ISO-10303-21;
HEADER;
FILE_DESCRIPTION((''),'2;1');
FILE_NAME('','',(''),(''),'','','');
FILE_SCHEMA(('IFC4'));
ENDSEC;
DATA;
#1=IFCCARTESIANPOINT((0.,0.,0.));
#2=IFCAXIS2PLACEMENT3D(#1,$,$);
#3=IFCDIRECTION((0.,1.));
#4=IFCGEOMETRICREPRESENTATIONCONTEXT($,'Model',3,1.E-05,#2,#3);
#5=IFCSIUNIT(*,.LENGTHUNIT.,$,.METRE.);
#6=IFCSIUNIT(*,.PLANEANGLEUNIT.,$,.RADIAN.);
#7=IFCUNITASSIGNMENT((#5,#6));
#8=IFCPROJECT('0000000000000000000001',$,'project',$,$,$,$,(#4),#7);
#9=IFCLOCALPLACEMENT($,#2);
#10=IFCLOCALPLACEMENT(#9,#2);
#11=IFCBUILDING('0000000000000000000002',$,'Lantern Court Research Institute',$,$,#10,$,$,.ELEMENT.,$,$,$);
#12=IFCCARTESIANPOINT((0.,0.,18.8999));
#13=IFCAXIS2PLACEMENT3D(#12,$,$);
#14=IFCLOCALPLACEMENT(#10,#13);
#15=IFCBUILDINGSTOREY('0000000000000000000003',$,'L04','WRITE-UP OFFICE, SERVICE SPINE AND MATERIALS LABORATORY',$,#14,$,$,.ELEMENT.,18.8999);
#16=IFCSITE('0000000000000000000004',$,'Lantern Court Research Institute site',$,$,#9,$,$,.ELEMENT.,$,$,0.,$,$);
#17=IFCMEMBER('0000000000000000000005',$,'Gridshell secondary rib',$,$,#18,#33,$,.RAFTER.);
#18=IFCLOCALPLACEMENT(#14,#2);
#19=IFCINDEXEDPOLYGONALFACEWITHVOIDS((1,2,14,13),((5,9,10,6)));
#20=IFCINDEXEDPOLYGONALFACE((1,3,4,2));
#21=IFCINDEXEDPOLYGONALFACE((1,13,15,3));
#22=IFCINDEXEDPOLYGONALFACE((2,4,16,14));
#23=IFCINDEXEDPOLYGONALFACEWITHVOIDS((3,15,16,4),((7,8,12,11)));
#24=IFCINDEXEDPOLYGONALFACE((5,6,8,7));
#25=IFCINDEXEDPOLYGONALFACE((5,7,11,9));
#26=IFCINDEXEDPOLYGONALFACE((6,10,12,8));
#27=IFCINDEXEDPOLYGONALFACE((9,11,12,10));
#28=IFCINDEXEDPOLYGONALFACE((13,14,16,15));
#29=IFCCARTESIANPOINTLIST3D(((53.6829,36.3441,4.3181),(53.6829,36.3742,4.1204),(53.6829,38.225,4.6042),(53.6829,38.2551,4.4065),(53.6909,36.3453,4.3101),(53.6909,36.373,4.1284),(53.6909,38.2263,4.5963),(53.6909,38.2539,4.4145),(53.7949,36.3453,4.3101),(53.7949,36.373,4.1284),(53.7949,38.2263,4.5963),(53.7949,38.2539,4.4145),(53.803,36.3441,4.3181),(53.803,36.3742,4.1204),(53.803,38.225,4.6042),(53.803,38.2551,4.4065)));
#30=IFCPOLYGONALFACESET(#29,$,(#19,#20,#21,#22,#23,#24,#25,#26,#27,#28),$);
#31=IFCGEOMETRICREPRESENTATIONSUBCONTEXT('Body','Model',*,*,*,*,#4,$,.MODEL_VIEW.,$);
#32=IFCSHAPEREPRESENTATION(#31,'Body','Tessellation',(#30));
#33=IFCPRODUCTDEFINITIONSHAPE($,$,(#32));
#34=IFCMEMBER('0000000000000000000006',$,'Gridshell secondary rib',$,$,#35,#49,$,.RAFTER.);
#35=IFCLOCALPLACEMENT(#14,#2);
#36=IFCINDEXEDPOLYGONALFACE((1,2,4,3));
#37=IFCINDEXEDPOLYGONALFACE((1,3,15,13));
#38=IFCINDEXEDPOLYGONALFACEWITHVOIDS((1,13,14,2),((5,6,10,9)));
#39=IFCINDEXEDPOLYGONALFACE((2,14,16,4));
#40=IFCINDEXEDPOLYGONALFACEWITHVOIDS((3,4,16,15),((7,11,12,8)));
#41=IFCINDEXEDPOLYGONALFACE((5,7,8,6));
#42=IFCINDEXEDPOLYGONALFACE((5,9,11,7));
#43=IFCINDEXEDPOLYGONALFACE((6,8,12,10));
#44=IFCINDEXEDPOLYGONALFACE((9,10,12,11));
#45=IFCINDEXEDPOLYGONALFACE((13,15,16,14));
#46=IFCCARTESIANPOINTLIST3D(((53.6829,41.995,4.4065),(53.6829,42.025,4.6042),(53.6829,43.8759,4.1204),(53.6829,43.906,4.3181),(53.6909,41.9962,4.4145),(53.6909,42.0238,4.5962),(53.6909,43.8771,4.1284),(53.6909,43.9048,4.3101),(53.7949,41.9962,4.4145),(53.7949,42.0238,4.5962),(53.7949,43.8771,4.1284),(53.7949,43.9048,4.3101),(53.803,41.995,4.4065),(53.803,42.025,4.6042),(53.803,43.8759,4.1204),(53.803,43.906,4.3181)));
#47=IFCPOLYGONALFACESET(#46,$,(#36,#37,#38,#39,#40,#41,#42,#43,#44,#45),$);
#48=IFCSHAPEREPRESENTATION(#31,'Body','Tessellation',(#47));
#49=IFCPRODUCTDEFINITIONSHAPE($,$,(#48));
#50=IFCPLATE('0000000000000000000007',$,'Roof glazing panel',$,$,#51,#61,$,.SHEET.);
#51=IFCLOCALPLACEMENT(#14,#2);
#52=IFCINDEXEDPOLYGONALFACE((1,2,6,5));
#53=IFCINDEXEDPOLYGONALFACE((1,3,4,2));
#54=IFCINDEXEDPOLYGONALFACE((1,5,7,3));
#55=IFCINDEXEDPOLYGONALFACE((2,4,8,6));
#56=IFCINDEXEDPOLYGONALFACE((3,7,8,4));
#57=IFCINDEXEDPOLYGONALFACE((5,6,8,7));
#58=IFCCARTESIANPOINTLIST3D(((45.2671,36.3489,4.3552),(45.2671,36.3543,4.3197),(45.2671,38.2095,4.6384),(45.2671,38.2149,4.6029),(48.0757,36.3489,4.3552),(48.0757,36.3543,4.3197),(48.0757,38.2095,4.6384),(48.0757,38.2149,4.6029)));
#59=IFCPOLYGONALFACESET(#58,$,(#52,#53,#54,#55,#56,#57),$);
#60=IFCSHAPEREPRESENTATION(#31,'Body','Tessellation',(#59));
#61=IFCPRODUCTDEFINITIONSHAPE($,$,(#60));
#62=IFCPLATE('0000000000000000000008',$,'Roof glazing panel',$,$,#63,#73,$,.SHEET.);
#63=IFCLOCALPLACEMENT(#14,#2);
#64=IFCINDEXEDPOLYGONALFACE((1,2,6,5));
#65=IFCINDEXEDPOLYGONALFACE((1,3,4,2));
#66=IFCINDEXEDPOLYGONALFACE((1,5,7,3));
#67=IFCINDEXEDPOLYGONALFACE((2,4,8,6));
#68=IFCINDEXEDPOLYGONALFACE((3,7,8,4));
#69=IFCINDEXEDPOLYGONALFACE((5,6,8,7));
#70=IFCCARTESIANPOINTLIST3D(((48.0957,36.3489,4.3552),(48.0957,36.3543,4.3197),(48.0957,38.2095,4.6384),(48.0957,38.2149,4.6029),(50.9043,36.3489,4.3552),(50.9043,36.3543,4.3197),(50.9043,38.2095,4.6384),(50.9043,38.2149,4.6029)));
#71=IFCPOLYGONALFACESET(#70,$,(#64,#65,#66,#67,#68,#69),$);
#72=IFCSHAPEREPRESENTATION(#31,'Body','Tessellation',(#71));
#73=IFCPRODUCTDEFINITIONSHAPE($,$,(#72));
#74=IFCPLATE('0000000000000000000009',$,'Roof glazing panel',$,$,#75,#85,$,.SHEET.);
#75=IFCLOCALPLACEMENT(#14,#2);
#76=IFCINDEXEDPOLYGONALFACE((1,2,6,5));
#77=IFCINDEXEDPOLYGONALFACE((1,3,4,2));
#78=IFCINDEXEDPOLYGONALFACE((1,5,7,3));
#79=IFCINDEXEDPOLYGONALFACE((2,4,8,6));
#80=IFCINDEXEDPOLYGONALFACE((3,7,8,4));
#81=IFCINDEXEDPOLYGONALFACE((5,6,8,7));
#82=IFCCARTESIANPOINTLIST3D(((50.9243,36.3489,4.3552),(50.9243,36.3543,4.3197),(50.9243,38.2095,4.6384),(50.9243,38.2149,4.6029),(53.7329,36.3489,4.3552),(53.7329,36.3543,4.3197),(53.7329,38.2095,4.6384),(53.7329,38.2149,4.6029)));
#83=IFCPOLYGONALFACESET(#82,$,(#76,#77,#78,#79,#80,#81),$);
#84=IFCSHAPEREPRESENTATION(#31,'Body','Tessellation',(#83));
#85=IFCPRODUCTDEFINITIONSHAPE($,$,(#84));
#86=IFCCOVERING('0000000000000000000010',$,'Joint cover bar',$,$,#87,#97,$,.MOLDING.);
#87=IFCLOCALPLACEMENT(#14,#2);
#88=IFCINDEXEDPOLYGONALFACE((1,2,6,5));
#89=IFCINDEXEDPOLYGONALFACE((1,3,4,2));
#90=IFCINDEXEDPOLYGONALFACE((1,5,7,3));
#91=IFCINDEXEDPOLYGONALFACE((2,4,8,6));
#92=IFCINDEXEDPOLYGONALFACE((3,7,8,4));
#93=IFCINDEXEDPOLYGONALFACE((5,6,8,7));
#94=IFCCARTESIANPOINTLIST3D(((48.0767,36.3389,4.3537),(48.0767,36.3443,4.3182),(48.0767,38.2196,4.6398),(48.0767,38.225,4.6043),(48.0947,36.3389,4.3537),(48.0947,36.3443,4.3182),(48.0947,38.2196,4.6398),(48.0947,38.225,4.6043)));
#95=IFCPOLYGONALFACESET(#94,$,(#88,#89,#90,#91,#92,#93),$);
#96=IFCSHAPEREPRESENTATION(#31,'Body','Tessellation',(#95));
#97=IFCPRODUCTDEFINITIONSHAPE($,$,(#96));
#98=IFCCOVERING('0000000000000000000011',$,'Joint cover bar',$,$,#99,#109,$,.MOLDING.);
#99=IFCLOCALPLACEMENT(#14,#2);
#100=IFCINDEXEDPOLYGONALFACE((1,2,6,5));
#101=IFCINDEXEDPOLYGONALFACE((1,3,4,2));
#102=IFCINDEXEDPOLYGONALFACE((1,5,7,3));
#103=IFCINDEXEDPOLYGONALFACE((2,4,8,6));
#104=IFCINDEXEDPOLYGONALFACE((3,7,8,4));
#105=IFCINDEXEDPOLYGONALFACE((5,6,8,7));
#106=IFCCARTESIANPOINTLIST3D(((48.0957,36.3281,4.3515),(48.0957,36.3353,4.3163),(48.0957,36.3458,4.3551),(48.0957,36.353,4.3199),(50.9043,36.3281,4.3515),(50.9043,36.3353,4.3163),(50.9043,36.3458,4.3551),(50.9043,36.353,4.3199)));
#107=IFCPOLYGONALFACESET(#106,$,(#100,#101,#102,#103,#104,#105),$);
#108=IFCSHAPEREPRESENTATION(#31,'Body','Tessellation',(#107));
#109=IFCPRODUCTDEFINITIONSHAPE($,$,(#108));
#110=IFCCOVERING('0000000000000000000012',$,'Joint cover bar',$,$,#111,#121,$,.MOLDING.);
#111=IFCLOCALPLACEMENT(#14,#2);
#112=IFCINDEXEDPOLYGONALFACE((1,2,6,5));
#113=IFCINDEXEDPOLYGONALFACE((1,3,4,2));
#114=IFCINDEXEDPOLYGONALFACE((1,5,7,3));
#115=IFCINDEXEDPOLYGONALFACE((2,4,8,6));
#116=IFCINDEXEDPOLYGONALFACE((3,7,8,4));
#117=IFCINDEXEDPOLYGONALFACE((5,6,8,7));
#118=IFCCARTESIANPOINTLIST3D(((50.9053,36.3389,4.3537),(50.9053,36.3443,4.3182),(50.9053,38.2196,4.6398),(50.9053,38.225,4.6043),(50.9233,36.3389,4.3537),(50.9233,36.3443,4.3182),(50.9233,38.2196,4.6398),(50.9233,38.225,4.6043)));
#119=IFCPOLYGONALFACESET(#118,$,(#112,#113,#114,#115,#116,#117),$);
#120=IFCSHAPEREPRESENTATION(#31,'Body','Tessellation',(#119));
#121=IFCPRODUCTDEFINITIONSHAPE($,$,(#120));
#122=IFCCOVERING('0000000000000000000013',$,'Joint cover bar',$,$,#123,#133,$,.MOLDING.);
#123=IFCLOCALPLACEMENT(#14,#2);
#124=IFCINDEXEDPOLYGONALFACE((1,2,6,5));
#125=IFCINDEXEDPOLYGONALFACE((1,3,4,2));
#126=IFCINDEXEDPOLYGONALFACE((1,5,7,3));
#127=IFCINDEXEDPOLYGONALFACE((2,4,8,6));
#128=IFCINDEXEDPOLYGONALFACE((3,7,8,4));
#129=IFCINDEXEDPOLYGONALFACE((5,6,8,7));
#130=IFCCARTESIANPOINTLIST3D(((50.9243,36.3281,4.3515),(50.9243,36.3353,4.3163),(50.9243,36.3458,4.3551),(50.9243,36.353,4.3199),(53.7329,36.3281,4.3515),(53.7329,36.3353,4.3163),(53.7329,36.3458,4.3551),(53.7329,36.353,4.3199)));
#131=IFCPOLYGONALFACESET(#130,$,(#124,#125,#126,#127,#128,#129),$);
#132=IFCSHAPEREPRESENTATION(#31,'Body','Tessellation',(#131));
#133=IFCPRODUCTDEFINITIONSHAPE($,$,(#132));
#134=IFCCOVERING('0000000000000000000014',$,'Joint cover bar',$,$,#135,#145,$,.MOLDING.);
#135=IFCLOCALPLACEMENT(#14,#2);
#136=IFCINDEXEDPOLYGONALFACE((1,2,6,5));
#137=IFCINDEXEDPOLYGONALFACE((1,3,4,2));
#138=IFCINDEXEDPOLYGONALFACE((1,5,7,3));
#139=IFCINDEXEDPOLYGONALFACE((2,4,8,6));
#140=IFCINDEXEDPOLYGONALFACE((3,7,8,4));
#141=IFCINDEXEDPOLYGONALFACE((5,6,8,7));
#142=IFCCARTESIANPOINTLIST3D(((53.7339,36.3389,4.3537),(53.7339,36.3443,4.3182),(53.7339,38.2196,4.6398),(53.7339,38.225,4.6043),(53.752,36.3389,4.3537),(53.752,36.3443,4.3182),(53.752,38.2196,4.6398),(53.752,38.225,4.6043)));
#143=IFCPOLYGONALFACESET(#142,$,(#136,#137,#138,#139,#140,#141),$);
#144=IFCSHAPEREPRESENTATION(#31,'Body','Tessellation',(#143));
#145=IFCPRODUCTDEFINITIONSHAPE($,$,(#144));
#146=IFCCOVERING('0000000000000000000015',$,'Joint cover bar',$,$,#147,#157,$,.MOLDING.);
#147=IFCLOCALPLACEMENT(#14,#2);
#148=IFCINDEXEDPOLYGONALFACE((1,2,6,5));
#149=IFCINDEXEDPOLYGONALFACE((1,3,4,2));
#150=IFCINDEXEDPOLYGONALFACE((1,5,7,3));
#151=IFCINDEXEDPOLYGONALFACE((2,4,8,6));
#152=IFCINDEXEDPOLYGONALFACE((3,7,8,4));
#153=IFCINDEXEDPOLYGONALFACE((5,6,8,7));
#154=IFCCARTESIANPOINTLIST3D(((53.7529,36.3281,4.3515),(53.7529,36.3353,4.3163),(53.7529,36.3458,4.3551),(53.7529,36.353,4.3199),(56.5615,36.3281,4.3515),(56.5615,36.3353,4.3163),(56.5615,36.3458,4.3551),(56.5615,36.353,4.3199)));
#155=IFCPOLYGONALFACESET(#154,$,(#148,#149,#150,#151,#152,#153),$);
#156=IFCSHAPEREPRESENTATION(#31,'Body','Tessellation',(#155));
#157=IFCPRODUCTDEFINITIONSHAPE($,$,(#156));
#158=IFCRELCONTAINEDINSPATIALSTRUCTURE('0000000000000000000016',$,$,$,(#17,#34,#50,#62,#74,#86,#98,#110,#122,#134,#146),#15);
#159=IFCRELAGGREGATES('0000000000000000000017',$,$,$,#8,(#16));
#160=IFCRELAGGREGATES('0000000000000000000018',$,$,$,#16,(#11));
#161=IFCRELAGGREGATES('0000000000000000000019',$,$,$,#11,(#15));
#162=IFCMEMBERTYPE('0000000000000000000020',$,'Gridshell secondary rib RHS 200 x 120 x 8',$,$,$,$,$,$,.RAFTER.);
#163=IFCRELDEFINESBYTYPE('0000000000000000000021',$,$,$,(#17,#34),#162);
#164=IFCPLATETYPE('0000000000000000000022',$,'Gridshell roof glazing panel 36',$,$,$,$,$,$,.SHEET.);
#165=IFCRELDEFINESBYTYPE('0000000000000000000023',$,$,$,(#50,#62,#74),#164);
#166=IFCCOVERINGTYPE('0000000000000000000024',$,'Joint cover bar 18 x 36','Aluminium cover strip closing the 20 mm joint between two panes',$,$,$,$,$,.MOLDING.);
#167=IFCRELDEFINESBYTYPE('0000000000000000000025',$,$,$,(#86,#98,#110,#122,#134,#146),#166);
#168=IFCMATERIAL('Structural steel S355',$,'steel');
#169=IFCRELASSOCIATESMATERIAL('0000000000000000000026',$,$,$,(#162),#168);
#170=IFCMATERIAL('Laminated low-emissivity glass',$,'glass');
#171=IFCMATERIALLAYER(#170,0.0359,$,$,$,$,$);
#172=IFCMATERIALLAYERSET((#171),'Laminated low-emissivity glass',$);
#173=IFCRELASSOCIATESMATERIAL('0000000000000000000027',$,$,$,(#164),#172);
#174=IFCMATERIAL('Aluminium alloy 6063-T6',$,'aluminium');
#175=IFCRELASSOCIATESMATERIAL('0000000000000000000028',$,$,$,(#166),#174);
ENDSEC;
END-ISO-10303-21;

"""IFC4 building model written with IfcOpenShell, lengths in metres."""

from ifc_helpers import new_model, si_unit, direction, frame, origin, origin_2d, place, context, subcontext, project, spatial, polyline, rectangle, hollow_rectangle, outline, extrude, material, layer, layer_set, material_profile, profile_set, type_object, element, save


model = new_model("IFC4")

# Units and contexts
model_context = context("Model", 3, precision=1e-05, world=origin(), true_north=direction((0.0, 1.0)))
body_context = subcontext(model_context, "Body", "Model", "MODEL_VIEW")
ifc_project = project(units=[si_unit("LENGTHUNIT", "METRE"), si_unit("PLANEANGLEUNIT", "RADIAN")], contexts=[model_context])

# Site, building, storey
site_placement = place(None, origin())
site = spatial("IfcSite", under=ifc_project, at=site_placement, Name="Lantern Court Research Institute site", CompositionType="ELEMENT", RefElevation=0.0)
building_placement = place(site_placement, origin())
building = spatial("IfcBuilding", under=site, at=building_placement, Name="Lantern Court Research Institute", CompositionType="ELEMENT")
storey_placement = place(building_placement, frame((0.0, 0.0, 18.8999)))
storey = spatial("IfcBuildingStorey", under=building, at=storey_placement, Name="L04", Description="WRITE-UP OFFICE, SERVICE SPINE AND MATERIALS LABORATORY", CompositionType="ELEMENT", Elevation=18.8999)

# Members
ifc_material_1 = material(Name="Structural steel S355", Category="steel")
ifc_material_profile_1 = material_profile(ifc_material_1, hollow_rectangle(XDim=0.1201, YDim=0.2, WallThickness=0.0081, at=origin_2d()), Name="Gridshell secondary rib RHS 200 x 120 x 8")
ifc_profile_set_1 = profile_set([ifc_material_profile_1], Name="Structural steel S355")
member_type_1 = type_object("IfcMemberType", Name="Gridshell secondary rib RHS 200 x 120 x 8", PredefinedType="RAFTER", material=ifc_profile_set_1)
for number, where, z_axis, x_axis, name in (
    (1, (53.7429, 36.3591, 4.2192), (0.0, 0.988625, 0.150398), (-1.0, 0.0, 0.0), "Gridshell secondary rib"),
    (2, (53.7429, 42.01, 4.5054), (0.0, 0.988625, -0.150398), (-1.0, 0.0, 0.0), "Gridshell secondary rib"),
):
    element("IfcMember", number, at=place(storey_placement, frame(where, z_axis=z_axis, x_axis=x_axis)), inside=storey, type_object=member_type_1, Name=name, PredefinedType="RAFTER", context=body_context, shape_type="SweptSolid", body=[
        extrude(hollow_rectangle(XDim=0.1201, YDim=0.2, WallThickness=0.0081, at=origin_2d()), origin(), (0.0, 0.0, 1.0), 1.9026),
    ])

# Plates
ifc_material_2 = material(Name="Laminated low-emissivity glass", Category="glass")
ifc_layer = layer(ifc_material_2, 0.0359)
ifc_layer_set = layer_set([ifc_layer], Name="Laminated low-emissivity glass")
plate_type = type_object("IfcPlateType", Name="Gridshell roof glazing panel 36", PredefinedType="SHEET", material=ifc_layer_set)
for number, where, z_axis, x_axis, name in (
    (3, (48.0757, 36.3489, 4.3552), (0.0, -0.150478, 0.988613), (-1.0, 0.0, 0.0), "Roof glazing panel"),
    (4, (50.9043, 36.3489, 4.3552), (0.0, -0.150478, 0.988613), (-1.0, 0.0, 0.0), "Roof glazing panel"),
    (5, (53.7329, 36.3489, 4.3552), (0.0, -0.150478, 0.988613), (-1.0, 0.0, 0.0), "Roof glazing panel"),
):
    element("IfcPlate", number, at=place(storey_placement, frame(where, z_axis=z_axis, x_axis=x_axis)), inside=storey, type_object=plate_type, Name=name, PredefinedType="SHEET", context=body_context, shape_type="SweptSolid", body=[
        extrude(outline(polyline([(0.0, 0.0), (2.8086, 0.0), (2.8086, -1.882), (0.0, -1.882), (0.0, 0.0)])), origin(), (0.0, 0.0, -1.0), 0.0359),
    ])

# Coverings
ifc_material_3 = material(Name="Aluminium alloy 6063-T6", Category="aluminium")
ifc_material_profile_2 = material_profile(ifc_material_3, rectangle(XDim=0.0181, YDim=0.0359, at=origin_2d()), Name="Joint cover bar 18 x 36")
ifc_profile_set_2 = profile_set([ifc_material_profile_2], Name="Aluminium alloy 6063-T6")
covering_type = type_object("IfcCoveringType", Name="Joint cover bar 18 x 36", Description="Aluminium cover strip closing the 20 mm joint between two panes", PredefinedType="MOLDING", material=ifc_profile_set_2)
covering_1_placement = place(storey_placement, frame((48.0857, 36.3416, 4.3359), z_axis=(0.0, 0.988623, 0.150417), x_axis=(-1.0, 0.0, 0.0)))
element("IfcCovering", 6, at=covering_1_placement, inside=storey, type_object=covering_type, Name="Joint cover bar", PredefinedType="MOLDING", context=body_context, shape_type="SweptSolid", body=[
    extrude(rectangle(XDim=0.0181, YDim=0.0359, at=origin_2d()), origin(), (0.0, 0.0, 1.0), 1.9023),
])
covering_2_placement = place(storey_placement, frame((48.0957, 36.3406, 4.3357), z_axis=(1.0, 0.0, 0.0), x_axis=(0.0, 0.979787, 0.200043)))
element("IfcCovering", 7, at=covering_2_placement, inside=storey, type_object=covering_type, Name="Joint cover bar", PredefinedType="MOLDING", context=body_context, shape_type="SweptSolid", body=[
    extrude(rectangle(XDim=0.0181, YDim=0.0359, at=origin_2d()), origin(), (0.0, 0.0, 1.0), 2.8086),
])
covering_3_placement = place(storey_placement, frame((50.9143, 36.3416, 4.3359), z_axis=(0.0, 0.988623, 0.150417), x_axis=(-1.0, 0.0, 0.0)))
element("IfcCovering", 8, at=covering_3_placement, inside=storey, type_object=covering_type, Name="Joint cover bar", PredefinedType="MOLDING", context=body_context, shape_type="SweptSolid", body=[
    extrude(rectangle(XDim=0.0181, YDim=0.0359, at=origin_2d()), origin(), (0.0, 0.0, 1.0), 1.9023),
])
covering_4_placement = place(storey_placement, frame((50.9243, 36.3406, 4.3357), z_axis=(1.0, 0.0, 0.0), x_axis=(0.0, 0.979787, 0.200043)))
element("IfcCovering", 9, at=covering_4_placement, inside=storey, type_object=covering_type, Name="Joint cover bar", PredefinedType="MOLDING", context=body_context, shape_type="SweptSolid", body=[
    extrude(rectangle(XDim=0.0181, YDim=0.0359, at=origin_2d()), origin(), (0.0, 0.0, 1.0), 2.8086),
])
covering_5_placement = place(storey_placement, frame((53.7429, 36.3416, 4.3359), z_axis=(0.0, 0.988623, 0.150417), x_axis=(-1.0, 0.0, 0.0)))
element("IfcCovering", 10, at=covering_5_placement, inside=storey, type_object=covering_type, Name="Joint cover bar", PredefinedType="MOLDING", context=body_context, shape_type="SweptSolid", body=[
    extrude(rectangle(XDim=0.0181, YDim=0.0359, at=origin_2d()), origin(), (0.0, 0.0, 1.0), 1.9023),
])
covering_6_placement = place(storey_placement, frame((53.7529, 36.3406, 4.3357), z_axis=(1.0, 0.0, 0.0), x_axis=(0.0, 0.979787, 0.200043)))
element("IfcCovering", 11, at=covering_6_placement, inside=storey, type_object=covering_type, Name="Joint cover bar", PredefinedType="MOLDING", context=body_context, shape_type="SweptSolid", body=[
    extrude(rectangle(XDim=0.0181, YDim=0.0359, at=origin_2d()), origin(), (0.0, 0.0, 1.0), 2.8086),
])

save(model, "model.ifc")
